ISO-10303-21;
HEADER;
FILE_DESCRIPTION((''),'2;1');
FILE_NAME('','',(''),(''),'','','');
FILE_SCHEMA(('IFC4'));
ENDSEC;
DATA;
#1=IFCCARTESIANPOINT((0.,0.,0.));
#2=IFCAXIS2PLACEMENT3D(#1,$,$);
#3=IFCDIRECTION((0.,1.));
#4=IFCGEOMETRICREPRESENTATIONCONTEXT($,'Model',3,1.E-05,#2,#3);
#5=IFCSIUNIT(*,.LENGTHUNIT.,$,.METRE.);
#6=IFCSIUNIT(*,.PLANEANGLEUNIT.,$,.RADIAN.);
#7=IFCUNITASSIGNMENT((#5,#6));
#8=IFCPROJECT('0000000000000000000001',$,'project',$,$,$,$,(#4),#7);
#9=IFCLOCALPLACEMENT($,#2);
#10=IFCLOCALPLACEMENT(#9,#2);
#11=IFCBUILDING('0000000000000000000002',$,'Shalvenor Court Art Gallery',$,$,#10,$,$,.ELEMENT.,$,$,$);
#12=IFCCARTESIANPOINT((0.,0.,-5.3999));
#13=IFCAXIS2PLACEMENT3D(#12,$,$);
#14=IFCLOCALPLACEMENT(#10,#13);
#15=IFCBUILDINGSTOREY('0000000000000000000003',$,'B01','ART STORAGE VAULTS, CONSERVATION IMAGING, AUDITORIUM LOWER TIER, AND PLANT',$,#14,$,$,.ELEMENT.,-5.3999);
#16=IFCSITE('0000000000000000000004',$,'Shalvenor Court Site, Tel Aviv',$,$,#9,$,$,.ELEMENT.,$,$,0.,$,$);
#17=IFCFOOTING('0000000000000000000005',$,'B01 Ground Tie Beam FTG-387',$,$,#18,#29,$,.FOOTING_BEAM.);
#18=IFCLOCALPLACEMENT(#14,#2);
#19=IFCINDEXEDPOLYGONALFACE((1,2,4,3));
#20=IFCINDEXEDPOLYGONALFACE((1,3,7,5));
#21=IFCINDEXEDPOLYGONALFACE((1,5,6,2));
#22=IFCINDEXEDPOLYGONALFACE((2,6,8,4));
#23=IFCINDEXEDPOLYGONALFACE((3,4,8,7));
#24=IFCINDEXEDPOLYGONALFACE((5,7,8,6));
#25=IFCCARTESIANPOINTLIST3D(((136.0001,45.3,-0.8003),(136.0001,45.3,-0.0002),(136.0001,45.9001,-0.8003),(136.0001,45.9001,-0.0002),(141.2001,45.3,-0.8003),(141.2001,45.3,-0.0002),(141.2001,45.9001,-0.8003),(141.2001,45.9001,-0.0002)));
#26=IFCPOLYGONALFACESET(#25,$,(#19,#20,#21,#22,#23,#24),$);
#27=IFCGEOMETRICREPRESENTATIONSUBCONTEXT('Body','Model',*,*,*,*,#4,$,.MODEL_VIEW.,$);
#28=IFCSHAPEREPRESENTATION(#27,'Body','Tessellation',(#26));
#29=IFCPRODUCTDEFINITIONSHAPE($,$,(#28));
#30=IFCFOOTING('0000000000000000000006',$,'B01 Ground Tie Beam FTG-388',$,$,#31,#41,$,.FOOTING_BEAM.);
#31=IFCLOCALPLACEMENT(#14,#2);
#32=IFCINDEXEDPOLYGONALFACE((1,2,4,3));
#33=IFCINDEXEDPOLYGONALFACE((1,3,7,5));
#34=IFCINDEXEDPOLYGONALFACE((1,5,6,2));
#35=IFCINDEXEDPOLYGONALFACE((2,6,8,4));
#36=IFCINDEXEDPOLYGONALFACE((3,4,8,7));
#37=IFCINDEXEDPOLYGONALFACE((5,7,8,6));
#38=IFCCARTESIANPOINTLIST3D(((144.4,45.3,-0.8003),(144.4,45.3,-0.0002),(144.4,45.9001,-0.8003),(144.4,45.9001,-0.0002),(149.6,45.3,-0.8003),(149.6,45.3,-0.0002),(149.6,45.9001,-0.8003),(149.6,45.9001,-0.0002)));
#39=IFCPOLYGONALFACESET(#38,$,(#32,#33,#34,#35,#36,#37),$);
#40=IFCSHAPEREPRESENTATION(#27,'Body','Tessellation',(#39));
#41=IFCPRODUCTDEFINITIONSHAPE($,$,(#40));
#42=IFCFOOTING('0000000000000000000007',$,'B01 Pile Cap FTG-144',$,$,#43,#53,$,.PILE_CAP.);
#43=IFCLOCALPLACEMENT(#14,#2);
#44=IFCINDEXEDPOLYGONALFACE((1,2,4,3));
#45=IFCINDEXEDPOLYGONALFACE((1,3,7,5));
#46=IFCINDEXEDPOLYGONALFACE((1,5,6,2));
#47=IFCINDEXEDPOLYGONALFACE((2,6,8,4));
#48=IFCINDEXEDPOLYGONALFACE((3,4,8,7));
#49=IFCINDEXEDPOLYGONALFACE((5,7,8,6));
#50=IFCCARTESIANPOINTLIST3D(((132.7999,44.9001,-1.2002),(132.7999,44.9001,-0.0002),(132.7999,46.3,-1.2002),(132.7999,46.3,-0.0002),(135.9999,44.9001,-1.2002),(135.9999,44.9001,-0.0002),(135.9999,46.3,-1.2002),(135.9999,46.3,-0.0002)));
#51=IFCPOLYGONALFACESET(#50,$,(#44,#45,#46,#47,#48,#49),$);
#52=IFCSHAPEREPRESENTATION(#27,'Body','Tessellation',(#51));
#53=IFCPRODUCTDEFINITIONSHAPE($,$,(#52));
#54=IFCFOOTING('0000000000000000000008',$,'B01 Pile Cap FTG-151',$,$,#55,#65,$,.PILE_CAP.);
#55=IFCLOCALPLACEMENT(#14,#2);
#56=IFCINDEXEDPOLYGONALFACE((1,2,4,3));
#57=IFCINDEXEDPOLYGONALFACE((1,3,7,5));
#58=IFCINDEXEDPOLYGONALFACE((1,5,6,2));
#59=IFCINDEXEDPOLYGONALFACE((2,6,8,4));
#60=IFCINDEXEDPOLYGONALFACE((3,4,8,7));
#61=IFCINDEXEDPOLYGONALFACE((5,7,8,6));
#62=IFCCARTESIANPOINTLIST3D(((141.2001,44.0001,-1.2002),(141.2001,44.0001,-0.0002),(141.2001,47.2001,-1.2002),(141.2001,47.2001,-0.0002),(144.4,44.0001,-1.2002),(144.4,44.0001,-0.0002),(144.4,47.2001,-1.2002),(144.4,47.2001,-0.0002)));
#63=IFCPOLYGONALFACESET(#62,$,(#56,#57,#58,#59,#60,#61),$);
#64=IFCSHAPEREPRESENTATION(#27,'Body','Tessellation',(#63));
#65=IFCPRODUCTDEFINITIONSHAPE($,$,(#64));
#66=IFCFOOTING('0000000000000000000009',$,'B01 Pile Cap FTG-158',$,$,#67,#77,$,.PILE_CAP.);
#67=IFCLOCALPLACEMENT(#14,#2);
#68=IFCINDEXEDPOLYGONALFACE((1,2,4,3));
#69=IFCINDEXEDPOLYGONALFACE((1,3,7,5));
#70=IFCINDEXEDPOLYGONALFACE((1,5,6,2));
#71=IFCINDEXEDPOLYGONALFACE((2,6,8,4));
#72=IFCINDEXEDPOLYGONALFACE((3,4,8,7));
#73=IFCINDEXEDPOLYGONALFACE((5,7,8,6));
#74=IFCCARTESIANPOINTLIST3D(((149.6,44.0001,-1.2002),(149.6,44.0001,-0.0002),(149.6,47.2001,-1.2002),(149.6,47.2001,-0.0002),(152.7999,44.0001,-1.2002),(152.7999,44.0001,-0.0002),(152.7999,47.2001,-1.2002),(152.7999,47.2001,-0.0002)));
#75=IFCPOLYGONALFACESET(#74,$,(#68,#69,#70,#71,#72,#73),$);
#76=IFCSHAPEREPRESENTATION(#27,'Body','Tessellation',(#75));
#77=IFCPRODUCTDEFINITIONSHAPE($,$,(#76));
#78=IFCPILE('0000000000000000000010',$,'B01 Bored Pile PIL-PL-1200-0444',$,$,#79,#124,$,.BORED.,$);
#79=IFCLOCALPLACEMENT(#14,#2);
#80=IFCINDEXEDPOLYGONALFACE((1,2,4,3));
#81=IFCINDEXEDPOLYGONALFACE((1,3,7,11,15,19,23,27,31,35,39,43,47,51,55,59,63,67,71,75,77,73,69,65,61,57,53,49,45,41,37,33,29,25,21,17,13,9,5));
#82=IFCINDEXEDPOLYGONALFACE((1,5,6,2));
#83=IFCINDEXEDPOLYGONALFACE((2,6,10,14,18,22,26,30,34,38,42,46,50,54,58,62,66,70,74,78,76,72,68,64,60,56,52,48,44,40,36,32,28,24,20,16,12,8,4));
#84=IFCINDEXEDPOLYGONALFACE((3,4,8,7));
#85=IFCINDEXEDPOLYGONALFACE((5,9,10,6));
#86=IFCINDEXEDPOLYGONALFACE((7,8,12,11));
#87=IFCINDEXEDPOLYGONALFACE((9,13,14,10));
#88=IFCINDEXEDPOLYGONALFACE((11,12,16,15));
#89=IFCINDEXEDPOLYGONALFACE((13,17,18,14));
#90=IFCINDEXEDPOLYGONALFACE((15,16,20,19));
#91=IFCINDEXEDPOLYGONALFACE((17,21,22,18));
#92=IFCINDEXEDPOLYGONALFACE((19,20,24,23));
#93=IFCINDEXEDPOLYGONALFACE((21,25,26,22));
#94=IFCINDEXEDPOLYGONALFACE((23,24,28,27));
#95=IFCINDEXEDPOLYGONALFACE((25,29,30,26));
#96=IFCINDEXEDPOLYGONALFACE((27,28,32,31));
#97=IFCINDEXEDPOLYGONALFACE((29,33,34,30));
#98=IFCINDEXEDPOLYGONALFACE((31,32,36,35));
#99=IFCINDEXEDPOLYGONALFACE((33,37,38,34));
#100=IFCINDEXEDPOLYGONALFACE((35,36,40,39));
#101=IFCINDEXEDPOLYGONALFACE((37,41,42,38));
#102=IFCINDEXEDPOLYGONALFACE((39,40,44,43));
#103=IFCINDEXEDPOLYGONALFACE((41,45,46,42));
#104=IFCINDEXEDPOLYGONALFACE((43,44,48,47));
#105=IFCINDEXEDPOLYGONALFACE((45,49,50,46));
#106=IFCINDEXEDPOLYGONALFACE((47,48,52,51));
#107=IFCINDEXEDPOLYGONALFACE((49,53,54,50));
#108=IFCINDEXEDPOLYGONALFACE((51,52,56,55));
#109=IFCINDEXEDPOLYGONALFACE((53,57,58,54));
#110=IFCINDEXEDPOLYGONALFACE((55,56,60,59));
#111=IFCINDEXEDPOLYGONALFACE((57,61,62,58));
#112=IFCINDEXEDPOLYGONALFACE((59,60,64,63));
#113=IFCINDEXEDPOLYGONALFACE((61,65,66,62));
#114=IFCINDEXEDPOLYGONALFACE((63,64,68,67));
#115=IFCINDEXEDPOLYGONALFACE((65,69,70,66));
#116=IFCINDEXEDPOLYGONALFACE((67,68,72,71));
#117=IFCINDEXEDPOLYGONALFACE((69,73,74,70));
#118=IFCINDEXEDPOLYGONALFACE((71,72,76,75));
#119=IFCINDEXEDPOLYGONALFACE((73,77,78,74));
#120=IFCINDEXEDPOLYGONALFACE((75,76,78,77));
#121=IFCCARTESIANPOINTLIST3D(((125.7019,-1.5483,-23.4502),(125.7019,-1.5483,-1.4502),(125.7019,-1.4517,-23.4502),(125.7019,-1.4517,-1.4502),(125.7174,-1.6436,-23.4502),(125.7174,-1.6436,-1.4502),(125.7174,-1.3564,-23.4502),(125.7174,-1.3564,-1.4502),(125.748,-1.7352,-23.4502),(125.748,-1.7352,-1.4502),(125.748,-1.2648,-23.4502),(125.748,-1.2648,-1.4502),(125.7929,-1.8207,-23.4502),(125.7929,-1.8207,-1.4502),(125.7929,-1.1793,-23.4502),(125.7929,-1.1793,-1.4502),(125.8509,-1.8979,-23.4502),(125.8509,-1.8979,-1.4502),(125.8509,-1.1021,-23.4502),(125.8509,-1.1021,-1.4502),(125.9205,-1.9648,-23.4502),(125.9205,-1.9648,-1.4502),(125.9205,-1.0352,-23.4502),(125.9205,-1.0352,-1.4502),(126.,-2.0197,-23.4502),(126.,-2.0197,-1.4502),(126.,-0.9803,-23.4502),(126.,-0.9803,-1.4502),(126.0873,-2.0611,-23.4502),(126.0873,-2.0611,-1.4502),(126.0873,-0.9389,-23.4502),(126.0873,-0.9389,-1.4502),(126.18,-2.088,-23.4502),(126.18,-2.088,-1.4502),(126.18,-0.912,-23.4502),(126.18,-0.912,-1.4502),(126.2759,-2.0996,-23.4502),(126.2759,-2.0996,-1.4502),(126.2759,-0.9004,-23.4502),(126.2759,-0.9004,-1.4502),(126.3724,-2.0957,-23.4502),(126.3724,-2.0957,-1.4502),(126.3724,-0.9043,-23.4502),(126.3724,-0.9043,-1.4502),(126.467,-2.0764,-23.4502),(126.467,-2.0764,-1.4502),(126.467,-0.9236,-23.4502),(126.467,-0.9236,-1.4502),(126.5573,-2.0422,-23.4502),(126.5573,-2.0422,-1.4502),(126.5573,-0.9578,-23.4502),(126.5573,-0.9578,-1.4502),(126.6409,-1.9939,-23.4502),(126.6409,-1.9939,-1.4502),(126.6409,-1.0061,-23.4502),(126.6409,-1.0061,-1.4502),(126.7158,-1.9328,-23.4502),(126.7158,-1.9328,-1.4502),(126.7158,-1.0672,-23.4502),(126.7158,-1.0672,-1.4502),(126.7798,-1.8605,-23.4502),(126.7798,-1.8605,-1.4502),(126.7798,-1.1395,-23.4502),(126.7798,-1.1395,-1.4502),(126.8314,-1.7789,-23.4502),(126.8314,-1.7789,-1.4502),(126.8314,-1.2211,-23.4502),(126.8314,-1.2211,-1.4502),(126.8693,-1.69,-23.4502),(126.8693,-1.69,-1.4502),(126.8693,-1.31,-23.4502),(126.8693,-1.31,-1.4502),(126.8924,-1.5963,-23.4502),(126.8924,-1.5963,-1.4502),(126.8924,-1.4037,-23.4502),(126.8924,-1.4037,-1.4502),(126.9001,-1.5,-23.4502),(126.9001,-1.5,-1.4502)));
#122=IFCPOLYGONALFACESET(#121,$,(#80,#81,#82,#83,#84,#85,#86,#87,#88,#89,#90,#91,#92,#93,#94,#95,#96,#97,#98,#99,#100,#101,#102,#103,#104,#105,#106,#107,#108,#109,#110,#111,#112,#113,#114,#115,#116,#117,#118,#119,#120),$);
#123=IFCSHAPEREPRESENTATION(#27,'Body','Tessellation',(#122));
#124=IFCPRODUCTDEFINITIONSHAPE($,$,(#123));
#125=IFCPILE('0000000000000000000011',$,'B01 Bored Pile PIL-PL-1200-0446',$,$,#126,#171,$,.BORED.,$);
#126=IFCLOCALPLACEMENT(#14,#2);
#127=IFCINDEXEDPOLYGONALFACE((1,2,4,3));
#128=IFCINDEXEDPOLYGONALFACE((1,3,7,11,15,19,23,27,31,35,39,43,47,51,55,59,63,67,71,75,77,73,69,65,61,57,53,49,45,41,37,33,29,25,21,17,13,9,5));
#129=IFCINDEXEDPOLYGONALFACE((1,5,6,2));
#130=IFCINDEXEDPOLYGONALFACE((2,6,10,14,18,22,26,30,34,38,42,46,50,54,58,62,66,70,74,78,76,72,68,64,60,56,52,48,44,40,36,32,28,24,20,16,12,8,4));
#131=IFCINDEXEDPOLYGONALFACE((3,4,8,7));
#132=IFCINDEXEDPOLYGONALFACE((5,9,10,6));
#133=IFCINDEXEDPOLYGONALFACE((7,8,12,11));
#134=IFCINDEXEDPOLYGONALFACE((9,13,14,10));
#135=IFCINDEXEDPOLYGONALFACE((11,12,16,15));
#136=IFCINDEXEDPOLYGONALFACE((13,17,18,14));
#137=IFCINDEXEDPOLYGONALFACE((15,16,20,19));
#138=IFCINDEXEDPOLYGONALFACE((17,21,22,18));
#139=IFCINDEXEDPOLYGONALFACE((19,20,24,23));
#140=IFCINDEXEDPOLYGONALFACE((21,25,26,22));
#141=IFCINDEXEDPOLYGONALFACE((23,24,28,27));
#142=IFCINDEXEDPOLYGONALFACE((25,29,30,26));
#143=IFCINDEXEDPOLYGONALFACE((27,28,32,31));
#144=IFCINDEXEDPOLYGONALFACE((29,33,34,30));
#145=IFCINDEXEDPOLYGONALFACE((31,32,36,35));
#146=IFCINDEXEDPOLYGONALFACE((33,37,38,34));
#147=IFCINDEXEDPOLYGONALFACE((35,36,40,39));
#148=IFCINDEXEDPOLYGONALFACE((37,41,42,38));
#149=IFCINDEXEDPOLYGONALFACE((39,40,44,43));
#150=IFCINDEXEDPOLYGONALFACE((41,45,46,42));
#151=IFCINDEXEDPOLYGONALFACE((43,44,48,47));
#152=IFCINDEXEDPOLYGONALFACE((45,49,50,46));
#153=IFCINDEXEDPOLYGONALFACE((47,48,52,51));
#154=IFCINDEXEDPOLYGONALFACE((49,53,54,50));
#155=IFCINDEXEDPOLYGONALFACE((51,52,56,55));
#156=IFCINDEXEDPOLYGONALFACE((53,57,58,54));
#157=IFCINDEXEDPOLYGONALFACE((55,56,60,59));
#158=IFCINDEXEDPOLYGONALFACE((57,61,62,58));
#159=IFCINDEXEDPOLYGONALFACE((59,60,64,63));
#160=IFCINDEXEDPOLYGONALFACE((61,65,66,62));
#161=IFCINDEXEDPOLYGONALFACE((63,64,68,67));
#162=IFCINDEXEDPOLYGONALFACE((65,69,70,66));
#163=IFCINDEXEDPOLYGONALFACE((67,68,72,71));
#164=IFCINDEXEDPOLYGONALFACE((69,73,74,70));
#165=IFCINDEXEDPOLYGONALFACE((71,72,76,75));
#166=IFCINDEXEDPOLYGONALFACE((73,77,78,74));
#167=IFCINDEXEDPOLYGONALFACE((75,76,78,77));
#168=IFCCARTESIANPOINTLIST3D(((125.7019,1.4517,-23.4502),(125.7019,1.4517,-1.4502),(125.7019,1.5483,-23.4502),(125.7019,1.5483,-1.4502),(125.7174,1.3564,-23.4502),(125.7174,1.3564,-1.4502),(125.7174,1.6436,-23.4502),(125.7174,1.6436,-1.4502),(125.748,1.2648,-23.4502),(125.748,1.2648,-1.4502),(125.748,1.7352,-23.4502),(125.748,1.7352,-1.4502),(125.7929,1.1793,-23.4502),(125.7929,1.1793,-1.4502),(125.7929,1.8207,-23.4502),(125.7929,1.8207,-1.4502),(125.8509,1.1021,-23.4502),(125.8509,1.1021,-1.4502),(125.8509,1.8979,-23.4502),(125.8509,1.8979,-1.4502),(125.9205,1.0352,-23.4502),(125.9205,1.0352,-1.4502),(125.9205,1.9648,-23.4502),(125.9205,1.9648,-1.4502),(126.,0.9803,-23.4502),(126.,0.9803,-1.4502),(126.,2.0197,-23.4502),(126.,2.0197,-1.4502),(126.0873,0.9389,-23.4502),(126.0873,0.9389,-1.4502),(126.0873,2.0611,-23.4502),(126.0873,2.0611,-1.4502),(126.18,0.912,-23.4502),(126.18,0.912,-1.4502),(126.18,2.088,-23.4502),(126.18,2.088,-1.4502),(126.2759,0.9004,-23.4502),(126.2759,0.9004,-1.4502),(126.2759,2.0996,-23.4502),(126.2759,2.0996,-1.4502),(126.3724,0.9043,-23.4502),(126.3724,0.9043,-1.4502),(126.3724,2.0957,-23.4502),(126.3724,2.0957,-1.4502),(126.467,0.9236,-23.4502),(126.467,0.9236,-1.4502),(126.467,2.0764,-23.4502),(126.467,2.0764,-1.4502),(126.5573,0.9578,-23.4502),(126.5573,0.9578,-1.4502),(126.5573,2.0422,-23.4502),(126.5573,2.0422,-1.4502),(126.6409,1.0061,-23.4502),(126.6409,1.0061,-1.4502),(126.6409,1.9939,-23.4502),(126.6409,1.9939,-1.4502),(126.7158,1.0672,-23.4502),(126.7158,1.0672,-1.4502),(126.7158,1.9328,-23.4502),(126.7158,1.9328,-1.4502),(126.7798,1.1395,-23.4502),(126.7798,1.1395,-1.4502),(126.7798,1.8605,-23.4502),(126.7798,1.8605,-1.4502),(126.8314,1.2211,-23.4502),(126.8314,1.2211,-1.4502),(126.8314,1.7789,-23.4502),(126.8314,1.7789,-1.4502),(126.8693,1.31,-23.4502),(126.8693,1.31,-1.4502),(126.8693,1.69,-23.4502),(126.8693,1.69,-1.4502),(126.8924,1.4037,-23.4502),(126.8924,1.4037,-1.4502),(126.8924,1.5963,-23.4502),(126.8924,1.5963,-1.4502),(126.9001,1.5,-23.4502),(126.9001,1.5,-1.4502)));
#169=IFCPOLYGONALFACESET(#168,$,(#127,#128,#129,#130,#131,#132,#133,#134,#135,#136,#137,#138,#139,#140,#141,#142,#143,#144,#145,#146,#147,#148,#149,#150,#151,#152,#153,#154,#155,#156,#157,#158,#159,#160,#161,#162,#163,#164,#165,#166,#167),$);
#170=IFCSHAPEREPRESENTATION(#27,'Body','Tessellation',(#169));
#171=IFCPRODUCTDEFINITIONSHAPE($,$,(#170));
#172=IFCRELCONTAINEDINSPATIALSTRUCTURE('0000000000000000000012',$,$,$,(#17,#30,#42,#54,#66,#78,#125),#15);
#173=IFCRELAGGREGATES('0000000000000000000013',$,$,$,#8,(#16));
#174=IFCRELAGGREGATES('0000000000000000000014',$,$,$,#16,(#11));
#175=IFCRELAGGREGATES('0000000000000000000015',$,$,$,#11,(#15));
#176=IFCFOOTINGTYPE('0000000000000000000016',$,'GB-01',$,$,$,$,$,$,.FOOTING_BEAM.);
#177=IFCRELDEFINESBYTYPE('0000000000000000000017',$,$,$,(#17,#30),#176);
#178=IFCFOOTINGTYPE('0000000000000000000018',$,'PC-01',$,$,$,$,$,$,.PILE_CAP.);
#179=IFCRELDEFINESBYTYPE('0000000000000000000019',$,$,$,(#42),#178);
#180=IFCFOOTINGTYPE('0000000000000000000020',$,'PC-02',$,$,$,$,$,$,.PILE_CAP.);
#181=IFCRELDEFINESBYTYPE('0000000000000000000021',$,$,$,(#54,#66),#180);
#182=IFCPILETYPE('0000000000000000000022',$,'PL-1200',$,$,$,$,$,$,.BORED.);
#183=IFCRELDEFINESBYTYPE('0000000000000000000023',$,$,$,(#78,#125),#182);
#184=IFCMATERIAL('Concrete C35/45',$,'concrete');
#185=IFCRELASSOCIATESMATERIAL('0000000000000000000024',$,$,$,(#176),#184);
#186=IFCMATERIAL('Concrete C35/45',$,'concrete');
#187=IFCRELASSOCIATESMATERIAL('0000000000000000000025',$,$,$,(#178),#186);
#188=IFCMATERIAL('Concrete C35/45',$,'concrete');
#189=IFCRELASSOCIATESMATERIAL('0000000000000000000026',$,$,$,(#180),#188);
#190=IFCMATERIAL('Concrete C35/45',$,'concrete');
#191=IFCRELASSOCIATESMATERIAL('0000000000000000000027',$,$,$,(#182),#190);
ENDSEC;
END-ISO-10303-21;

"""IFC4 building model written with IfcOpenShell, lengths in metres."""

from ifc_helpers import new_model, si_unit, direction, frame, origin, origin_2d, place, context, subcontext, project, spatial, rectangle, circle, extrude, material, material_profile, profile_set, type_object, element, save


model = new_model("IFC4")

# Units and contexts
model_context = context("Model", 3, precision=1e-05, world=origin(), true_north=direction((0.0, 1.0)))
body_context = subcontext(model_context, "Body", "Model", "MODEL_VIEW")
ifc_project = project(units=[si_unit("LENGTHUNIT", "METRE"), si_unit("PLANEANGLEUNIT", "RADIAN")], contexts=[model_context])

# Site, building, storey
site_placement = place(None, origin())
site = spatial("IfcSite", under=ifc_project, at=site_placement, Name="Shalvenor Court Site, Tel Aviv", CompositionType="ELEMENT", RefElevation=0.0)
building_placement = place(site_placement, origin())
building = spatial("IfcBuilding", under=site, at=building_placement, Name="Shalvenor Court Art Gallery", CompositionType="ELEMENT")
storey_placement = place(building_placement, frame((0.0, 0.0, -5.3999)))
storey = spatial("IfcBuildingStorey", under=building, at=storey_placement, Name="B01", Description="ART STORAGE VAULTS, CONSERVATION IMAGING, AUDITORIUM LOWER TIER, AND PLANT", CompositionType="ELEMENT", Elevation=-5.3999)

# Footings
ifc_material_1 = material(Name="Concrete C35/45", Category="concrete")
footing_type_1 = type_object("IfcFootingType", Name="GB-01", PredefinedType="FOOTING_BEAM", material=ifc_material_1)
for number, where, z_axis, x_axis, name in (
    (1, (138.6001, 45.6001, -0.8003), (0.0, 0.0, 1.0), (1.0, 0.0, 0.0), "B01 Ground Tie Beam FTG-387"),
    (2, (147.0, 45.6001, -0.8003), (0.0, 0.0, 1.0), (1.0, 0.0, 0.0), "B01 Ground Tie Beam FTG-388"),
):
    element("IfcFooting", number, at=place(storey_placement, frame(where, z_axis=z_axis, x_axis=x_axis)), inside=storey, type_object=footing_type_1, Name=name, PredefinedType="FOOTING_BEAM", context=body_context, shape_type="SweptSolid", body=[
        extrude(rectangle(XDim=5.2, YDim=0.6001, at=origin_2d()), origin(), (0.0, 0.0, 1.0), 0.8),
    ])
ifc_material_2 = material(Name="Concrete C35/45", Category="concrete")
footing_type_2 = type_object("IfcFootingType", Name="PC-01", PredefinedType="PILE_CAP", material=ifc_material_2)
footing_placement = place(storey_placement, frame((134.3999, 45.6001, -1.2002), z_axis=(0.0, 0.0, 1.0), x_axis=(1.0, 0.0, 0.0)))
element("IfcFooting", 3, at=footing_placement, inside=storey, type_object=footing_type_2, Name="B01 Pile Cap FTG-144", PredefinedType="PILE_CAP", context=body_context, shape_type="SweptSolid", body=[
    extrude(rectangle(XDim=3.2, YDim=1.3999, at=origin_2d()), origin(), (0.0, 0.0, 1.0), 1.2),
])
ifc_material_3 = material(Name="Concrete C35/45", Category="concrete")
footing_type_3 = type_object("IfcFootingType", Name="PC-02", PredefinedType="PILE_CAP", material=ifc_material_3)
for number, where, z_axis, x_axis, name in (
    (4, (142.8, 45.6001, -1.2002), (0.0, 0.0, 1.0), (1.0, 0.0, 0.0), "B01 Pile Cap FTG-151"),
    (5, (151.2, 45.6001, -1.2002), (0.0, 0.0, 1.0), (1.0, 0.0, 0.0), "B01 Pile Cap FTG-158"),
):
    element("IfcFooting", number, at=place(storey_placement, frame(where, z_axis=z_axis, x_axis=x_axis)), inside=storey, type_object=footing_type_3, Name=name, PredefinedType="PILE_CAP", context=body_context, shape_type="SweptSolid", body=[
        extrude(rectangle(XDim=3.2, YDim=3.2, at=origin_2d()), origin(), (0.0, 0.0, 1.0), 1.2),
    ])

# Piles
ifc_material_4 = material(Name="Concrete C35/45", Category="concrete")
ifc_material_profile_1 = material_profile(ifc_material_4, circle(Radius=0.6001, at=origin_2d()), Name="PILE 1200")
ifc_profile_set_1 = profile_set([ifc_material_profile_1], Name="Concrete C35/45")
pile_type_1 = type_object("IfcPileType", Name="PL-1200", PredefinedType="BORED", material=ifc_profile_set_1)
for number, where, z_axis, x_axis, name in (
    (6, (126.3, -1.5, -1.4502), (0.0, 0.0, -1.0), (1.0, 0.0, 0.0), "B01 Bored Pile PIL-PL-1200-0444"),
    (7, (126.3, 1.5, -1.4502), (0.0, 0.0, -1.0), (1.0, 0.0, 0.0), "B01 Bored Pile PIL-PL-1200-0446"),
):
    element("IfcPile", number, at=place(storey_placement, frame(where, z_axis=z_axis, x_axis=x_axis)), inside=storey, type_object=pile_type_1, Name=name, PredefinedType="BORED", context=body_context, shape_type="SweptSolid", body=[
        extrude(circle(Radius=0.6001, at=origin_2d()), origin(), (0.0, 0.0, 1.0), 22.0),
    ])

save(model, "model.ifc")
